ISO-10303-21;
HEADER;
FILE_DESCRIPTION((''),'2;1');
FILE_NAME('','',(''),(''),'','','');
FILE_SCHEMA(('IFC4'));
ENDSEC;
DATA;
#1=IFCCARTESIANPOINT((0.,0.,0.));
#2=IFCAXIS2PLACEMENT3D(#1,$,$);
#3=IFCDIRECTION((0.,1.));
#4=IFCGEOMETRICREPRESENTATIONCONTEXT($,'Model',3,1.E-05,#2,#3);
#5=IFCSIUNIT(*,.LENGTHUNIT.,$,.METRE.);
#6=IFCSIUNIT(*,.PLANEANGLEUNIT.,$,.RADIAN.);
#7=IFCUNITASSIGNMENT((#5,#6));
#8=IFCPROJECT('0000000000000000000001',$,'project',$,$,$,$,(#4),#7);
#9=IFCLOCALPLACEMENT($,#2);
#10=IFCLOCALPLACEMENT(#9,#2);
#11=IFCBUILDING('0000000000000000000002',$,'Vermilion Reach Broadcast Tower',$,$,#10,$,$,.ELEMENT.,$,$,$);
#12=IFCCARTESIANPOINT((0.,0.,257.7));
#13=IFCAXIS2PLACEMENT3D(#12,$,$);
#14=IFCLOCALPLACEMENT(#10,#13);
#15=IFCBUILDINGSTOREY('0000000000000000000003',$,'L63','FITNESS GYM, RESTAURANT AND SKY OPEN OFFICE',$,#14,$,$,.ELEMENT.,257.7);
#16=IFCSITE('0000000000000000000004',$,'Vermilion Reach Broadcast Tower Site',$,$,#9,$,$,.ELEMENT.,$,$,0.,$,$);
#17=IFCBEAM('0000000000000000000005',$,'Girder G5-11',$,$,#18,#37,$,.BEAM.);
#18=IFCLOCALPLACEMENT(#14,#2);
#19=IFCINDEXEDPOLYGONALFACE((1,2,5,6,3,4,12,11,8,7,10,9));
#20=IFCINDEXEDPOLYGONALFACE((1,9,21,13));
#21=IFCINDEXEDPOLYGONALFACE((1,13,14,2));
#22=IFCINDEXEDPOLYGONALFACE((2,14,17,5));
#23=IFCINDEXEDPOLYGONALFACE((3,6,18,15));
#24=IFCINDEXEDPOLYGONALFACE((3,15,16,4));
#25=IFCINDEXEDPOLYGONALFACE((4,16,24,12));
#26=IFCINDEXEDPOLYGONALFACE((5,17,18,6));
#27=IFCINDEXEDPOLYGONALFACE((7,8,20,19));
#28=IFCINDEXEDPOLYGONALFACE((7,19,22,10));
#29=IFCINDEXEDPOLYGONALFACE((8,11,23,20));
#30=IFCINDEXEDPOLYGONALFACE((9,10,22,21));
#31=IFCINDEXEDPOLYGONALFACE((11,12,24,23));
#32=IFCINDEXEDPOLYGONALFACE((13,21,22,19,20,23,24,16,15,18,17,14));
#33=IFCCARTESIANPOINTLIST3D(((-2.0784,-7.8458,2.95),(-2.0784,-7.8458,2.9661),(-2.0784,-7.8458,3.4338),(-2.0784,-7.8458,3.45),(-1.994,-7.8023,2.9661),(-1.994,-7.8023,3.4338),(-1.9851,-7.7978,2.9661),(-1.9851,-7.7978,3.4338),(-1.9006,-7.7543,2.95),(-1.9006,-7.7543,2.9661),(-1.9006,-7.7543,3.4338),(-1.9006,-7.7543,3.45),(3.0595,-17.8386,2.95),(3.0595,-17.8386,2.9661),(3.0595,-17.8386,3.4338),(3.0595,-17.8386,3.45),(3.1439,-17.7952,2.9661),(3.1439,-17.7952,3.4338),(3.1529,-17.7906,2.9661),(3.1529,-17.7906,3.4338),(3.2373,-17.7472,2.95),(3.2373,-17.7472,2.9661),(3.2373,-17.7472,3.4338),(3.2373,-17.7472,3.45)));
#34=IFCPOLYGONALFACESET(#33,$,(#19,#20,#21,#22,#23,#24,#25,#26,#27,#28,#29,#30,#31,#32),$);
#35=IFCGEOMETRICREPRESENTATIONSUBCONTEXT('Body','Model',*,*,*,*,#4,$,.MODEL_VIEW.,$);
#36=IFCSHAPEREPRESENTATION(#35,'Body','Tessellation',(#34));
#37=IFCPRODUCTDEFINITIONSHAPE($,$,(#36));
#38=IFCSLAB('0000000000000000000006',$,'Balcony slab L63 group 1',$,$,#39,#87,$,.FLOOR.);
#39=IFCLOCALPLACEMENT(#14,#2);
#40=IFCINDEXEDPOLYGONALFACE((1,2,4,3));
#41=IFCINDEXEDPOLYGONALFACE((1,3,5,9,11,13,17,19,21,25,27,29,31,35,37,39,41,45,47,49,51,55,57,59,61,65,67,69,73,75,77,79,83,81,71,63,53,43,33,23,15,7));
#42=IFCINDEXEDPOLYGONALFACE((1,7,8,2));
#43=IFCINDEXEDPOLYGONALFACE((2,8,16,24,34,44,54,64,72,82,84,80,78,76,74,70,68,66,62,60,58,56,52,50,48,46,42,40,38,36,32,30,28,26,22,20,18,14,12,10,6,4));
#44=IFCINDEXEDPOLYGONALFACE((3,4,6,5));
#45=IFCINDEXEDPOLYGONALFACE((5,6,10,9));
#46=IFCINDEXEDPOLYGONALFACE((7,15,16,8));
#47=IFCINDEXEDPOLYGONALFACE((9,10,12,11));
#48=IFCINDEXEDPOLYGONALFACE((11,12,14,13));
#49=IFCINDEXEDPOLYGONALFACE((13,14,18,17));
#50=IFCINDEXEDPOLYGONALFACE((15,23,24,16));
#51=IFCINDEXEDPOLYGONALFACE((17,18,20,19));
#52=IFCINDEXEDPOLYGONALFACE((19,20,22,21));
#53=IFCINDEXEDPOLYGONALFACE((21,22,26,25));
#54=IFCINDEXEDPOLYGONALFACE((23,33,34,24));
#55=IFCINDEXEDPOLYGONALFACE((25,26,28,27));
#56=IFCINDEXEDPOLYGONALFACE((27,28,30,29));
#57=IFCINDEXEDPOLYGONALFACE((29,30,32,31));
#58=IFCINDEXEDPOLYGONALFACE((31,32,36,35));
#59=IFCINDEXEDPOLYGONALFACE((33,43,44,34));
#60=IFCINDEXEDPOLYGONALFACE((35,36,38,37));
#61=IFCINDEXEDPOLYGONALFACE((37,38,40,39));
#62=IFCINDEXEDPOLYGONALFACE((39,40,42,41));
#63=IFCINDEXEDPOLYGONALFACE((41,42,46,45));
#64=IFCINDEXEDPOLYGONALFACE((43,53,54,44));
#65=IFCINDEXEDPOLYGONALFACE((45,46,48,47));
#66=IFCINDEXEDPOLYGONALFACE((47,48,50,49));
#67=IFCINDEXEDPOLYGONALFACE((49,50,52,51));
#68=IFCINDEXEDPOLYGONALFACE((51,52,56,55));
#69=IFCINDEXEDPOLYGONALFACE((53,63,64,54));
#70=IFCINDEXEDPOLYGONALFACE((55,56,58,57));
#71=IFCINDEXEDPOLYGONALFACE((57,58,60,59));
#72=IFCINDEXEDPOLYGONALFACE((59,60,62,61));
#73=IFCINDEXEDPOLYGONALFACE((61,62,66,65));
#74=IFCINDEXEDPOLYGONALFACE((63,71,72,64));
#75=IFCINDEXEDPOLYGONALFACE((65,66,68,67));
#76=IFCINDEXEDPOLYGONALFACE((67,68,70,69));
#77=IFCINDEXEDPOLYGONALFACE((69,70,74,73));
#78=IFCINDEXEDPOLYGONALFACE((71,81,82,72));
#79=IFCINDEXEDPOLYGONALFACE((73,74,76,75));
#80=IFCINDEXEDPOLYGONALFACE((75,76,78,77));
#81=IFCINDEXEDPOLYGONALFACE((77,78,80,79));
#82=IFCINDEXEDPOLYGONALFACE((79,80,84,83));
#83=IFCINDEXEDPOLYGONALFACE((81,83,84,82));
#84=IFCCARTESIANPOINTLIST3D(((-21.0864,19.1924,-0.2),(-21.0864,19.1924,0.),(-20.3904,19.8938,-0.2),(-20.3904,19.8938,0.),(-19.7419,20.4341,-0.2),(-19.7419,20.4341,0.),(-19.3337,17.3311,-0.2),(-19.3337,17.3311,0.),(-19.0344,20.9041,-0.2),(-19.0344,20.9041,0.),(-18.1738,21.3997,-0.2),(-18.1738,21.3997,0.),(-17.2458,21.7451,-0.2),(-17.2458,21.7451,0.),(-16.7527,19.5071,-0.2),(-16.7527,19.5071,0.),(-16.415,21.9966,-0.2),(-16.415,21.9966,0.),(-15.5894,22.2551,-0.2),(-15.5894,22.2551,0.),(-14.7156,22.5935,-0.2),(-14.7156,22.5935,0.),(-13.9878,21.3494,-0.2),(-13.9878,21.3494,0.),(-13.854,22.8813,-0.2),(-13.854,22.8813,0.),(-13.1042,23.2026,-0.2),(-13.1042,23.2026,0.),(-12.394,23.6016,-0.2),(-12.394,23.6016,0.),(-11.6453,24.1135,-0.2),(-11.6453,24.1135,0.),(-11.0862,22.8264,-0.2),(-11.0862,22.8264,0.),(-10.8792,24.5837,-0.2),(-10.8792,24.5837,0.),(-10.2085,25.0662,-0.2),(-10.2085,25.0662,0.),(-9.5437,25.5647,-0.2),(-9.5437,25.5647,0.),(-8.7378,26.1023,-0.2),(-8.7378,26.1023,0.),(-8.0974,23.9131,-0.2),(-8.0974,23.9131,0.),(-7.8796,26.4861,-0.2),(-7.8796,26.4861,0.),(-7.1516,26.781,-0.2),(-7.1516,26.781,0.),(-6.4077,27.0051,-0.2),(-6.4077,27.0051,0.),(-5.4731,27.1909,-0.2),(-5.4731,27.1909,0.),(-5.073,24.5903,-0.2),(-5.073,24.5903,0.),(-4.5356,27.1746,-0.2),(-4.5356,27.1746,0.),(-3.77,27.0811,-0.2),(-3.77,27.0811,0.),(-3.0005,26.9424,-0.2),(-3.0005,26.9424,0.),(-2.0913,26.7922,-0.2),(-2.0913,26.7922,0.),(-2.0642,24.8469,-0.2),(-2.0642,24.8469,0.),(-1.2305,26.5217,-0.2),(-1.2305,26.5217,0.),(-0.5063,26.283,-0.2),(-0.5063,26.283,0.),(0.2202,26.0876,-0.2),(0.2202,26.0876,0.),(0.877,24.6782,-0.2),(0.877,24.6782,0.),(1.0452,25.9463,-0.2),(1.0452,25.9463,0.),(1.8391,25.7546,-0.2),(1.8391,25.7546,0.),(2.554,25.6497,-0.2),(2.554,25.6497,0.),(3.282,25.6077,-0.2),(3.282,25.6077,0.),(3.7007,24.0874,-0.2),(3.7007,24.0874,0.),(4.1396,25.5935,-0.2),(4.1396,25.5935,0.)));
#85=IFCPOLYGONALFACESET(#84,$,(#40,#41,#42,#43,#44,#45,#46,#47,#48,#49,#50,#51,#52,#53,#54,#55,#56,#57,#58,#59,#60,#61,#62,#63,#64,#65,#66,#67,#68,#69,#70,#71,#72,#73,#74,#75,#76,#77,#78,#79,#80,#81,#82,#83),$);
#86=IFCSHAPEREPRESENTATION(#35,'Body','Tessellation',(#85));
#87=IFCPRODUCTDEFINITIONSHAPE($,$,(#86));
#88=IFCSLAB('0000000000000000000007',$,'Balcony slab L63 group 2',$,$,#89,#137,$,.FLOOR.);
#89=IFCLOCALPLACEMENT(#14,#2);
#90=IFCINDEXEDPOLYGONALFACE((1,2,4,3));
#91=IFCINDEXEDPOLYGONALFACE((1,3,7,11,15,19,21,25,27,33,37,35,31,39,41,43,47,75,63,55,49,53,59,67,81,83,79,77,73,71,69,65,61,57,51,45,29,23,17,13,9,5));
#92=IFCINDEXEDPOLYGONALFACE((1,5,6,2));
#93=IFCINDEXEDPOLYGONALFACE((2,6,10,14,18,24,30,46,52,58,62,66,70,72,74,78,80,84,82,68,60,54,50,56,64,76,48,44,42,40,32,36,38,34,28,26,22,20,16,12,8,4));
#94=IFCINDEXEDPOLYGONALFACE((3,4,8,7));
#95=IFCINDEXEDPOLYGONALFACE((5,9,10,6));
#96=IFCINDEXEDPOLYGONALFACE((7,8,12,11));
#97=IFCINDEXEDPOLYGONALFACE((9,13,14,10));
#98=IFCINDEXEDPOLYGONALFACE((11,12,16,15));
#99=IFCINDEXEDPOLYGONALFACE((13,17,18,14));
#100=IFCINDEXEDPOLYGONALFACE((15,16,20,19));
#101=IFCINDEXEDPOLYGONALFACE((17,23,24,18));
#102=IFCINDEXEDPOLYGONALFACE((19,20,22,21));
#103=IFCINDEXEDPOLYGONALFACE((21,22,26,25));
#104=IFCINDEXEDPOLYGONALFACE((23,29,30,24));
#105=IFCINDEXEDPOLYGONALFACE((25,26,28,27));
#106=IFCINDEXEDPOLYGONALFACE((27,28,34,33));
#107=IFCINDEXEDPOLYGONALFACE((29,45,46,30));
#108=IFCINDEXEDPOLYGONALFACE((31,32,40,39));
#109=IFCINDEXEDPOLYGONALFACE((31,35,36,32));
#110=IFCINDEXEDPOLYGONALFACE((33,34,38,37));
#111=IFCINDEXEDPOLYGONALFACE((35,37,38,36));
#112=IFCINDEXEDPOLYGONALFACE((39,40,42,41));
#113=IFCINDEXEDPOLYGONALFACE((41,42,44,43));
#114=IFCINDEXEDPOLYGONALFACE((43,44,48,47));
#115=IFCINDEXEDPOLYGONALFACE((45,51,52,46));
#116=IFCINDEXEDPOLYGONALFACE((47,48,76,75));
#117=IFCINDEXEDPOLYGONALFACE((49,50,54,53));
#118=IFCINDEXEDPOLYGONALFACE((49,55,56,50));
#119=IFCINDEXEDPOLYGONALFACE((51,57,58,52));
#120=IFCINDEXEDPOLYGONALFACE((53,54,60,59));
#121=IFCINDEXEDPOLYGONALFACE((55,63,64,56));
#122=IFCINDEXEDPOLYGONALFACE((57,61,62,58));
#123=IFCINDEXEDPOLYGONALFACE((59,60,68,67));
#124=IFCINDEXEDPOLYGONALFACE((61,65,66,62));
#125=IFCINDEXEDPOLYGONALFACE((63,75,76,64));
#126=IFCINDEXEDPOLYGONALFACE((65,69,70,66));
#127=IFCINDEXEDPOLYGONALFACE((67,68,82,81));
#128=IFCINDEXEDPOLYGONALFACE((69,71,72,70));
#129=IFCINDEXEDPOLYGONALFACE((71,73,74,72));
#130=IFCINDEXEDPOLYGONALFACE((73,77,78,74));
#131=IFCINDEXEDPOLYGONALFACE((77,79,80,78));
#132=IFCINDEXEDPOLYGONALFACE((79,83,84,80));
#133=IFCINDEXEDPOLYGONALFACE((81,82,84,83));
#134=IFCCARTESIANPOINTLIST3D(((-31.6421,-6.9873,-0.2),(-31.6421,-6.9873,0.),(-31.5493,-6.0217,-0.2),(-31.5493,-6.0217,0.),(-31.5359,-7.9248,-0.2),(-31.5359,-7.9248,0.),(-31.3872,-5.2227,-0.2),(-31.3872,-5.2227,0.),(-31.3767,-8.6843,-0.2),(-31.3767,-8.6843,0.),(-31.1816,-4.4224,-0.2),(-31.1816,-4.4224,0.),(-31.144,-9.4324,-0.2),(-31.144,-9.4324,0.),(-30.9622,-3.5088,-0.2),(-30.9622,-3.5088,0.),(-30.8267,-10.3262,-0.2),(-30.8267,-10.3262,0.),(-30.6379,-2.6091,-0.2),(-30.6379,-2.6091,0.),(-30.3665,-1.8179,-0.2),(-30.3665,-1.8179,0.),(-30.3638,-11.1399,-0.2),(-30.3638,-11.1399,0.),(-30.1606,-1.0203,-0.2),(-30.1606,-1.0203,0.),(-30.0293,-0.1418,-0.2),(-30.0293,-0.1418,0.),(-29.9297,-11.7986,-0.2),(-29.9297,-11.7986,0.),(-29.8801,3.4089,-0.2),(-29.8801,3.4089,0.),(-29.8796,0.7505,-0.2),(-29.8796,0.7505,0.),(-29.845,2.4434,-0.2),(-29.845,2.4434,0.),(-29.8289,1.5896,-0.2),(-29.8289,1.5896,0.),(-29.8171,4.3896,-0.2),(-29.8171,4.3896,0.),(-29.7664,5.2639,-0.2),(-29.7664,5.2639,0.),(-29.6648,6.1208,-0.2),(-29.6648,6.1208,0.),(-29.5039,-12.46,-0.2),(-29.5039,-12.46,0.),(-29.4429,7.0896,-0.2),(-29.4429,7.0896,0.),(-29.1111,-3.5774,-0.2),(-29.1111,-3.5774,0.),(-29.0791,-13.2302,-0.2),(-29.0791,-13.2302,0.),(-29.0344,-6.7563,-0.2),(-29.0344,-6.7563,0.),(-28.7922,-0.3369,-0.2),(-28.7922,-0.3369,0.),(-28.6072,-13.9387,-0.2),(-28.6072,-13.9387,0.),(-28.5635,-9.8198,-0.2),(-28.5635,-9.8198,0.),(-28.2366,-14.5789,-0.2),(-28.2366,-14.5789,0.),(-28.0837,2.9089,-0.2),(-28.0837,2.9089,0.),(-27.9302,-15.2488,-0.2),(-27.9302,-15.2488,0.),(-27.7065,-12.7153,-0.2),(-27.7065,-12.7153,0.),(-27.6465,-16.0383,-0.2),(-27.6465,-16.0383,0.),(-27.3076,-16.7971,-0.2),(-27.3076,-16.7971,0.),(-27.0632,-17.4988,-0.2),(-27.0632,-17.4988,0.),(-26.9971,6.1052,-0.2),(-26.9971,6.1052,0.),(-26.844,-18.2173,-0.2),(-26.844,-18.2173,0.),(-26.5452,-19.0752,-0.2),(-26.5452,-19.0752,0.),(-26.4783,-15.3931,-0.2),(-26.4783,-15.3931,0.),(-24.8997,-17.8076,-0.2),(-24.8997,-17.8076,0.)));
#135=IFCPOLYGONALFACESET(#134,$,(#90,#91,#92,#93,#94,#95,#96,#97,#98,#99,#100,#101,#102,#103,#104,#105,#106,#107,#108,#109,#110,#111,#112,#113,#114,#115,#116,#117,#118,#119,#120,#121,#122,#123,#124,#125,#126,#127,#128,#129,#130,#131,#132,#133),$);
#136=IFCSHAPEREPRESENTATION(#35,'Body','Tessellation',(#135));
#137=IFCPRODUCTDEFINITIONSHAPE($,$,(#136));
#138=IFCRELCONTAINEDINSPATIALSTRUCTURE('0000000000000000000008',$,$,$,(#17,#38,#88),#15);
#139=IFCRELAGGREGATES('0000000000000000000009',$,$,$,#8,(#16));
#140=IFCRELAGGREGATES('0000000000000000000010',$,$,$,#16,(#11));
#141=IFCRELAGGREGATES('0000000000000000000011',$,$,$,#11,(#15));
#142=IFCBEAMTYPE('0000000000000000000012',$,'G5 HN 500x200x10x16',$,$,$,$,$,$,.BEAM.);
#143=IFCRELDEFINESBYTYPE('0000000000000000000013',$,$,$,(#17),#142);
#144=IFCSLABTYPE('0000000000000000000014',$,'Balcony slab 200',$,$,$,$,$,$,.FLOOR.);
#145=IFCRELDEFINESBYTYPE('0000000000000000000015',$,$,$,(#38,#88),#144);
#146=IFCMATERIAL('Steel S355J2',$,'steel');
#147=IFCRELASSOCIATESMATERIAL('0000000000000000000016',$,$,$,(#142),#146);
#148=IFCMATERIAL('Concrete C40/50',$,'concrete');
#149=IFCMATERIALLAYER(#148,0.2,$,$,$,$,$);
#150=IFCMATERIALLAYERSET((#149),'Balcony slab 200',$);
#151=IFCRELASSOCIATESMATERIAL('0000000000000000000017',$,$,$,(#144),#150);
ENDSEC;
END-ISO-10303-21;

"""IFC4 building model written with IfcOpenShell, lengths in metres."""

from ifc_helpers import new_model, si_unit, direction, frame, origin, origin_2d, place, context, subcontext, project, spatial, polyline, i_section, outline, extrude, material, layer, layer_set, material_profile, profile_set, type_object, element, save


model = new_model("IFC4")

# Units and contexts
model_context = context("Model", 3, precision=1e-05, world=origin(), true_north=direction((0.0, 1.0)))
body_context = subcontext(model_context, "Body", "Model", "MODEL_VIEW")
ifc_project = project(units=[si_unit("LENGTHUNIT", "METRE"), si_unit("PLANEANGLEUNIT", "RADIAN")], contexts=[model_context])

# Site, building, storey
site_placement = place(None, origin())
site = spatial("IfcSite", under=ifc_project, at=site_placement, Name="Vermilion Reach Broadcast Tower Site", CompositionType="ELEMENT", RefElevation=0.0)
building_placement = place(site_placement, origin())
building = spatial("IfcBuilding", under=site, at=building_placement, Name="Vermilion Reach Broadcast Tower", CompositionType="ELEMENT")
storey_placement = place(building_placement, frame((0.0, 0.0, 257.7)))
storey = spatial("IfcBuildingStorey", under=building, at=storey_placement, Name="L63", Description="FITNESS GYM, RESTAURANT AND SKY OPEN OFFICE", CompositionType="ELEMENT", Elevation=257.7)

# Beam
ifc_material_1 = material(Name="Steel S355J2", Category="steel")
ifc_material_profile = material_profile(ifc_material_1, i_section(OverallWidth=0.2, OverallDepth=0.5, WebThickness=0.01, FlangeThickness=0.0161, at=origin_2d()), Name="S355J2 HN 500x200x10x16")
ifc_profile_set = profile_set([ifc_material_profile], Name="Steel S355J2")
beam_type = type_object("IfcBeamType", Name="G5 HN 500x200x10x16", PredefinedType="BEAM", material=ifc_profile_set)
beam_placement = place(storey_placement, frame((-1.9895, -7.8, 3.2), z_axis=(0.457258, -0.889334, 0.0), x_axis=(0.889334, 0.457258, 0.0)))
element("IfcBeam", 1, at=beam_placement, inside=storey, type_object=beam_type, Name="Girder G5-11", PredefinedType="BEAM", context=body_context, shape_type="SweptSolid", body=[
    extrude(i_section(OverallWidth=0.2, OverallDepth=0.5, WebThickness=0.01, FlangeThickness=0.0161, at=origin_2d()), origin(), (0.0, 0.0, 1.0), 11.2363),
])

# Slabs
ifc_material_2 = material(Name="Concrete C40/50", Category="concrete")
ifc_layer_1 = layer(ifc_material_2, 0.2)
ifc_layer_set_1 = layer_set([ifc_layer_1], Name="Balcony slab 200")
slab_type_1 = type_object("IfcSlabType", Name="Balcony slab 200", PredefinedType="FLOOR", material=ifc_layer_set_1)
placement_1 = place(storey_placement, frame((0.0, 0.0, -0.2)))
element("IfcSlab", 2, at=placement_1, inside=storey, type_object=slab_type_1, Name="Balcony slab L63 group 1", PredefinedType="FLOOR", context=body_context, shape_type="SweptSolid", body=[
    extrude(outline(polyline([(3.7007, 24.0874), (0.877, 24.6782), (-2.0642, 24.8469), (-5.073, 24.5903), (-8.0974, 23.9131), (-11.0862, 22.8264), (-13.9878, 21.3494), (-16.7527, 19.5071), (-19.3337, 17.3311), (-21.0864, 19.1924), (-20.3904, 19.8938), (-19.7419, 20.4341), (-19.0344, 20.9041), (-18.1738, 21.3997), (-17.2458, 21.7451), (-16.415, 21.9966), (-15.5894, 22.2551), (-14.7156, 22.5935), (-13.854, 22.8813), (-13.1042, 23.2026), (-12.394, 23.6016), (-11.6453, 24.1135), (-10.8792, 24.5837), (-10.2085, 25.0662), (-9.5437, 25.5647), (-8.7378, 26.1023), (-7.8796, 26.4861), (-7.1516, 26.781), (-6.4077, 27.0051), (-5.4731, 27.1909), (-4.5356, 27.1746), (-3.77, 27.0811), (-3.0005, 26.9424), (-2.0913, 26.7922), (-1.2305, 26.5217), (-0.5063, 26.283), (0.2202, 26.0876), (1.0452, 25.9463), (1.8391, 25.7546), (2.554, 25.6497), (3.282, 25.6077), (4.1396, 25.5935), (3.7007, 24.0874)])), origin(), (0.0, 0.0, 1.0), 0.2),
])
element("IfcSlab", 3, at=placement_1, inside=storey, type_object=slab_type_1, Name="Balcony slab L63 group 2", PredefinedType="FLOOR", context=body_context, shape_type="SweptSolid", body=[
    extrude(outline(polyline([(-26.9971, 6.1052), (-28.0837, 2.9089), (-28.7922, -0.3369), (-29.1111, -3.5774), (-29.0344, -6.7563), (-28.5635, -9.8198), (-27.7065, -12.7153), (-26.4783, -15.3931), (-24.8997, -17.8076), (-26.5452, -19.0752), (-26.844, -18.2173), (-27.0632, -17.4988), (-27.3076, -16.7971), (-27.6465, -16.0383), (-27.9302, -15.2488), (-28.2366, -14.5789), (-28.6072, -13.9387), (-29.0791, -13.2302), (-29.5039, -12.46), (-29.9297, -11.7986), (-30.3638, -11.1399), (-30.8267, -10.3262), (-31.144, -9.4324), (-31.3767, -8.6843), (-31.5359, -7.9248), (-31.6421, -6.9873), (-31.5493, -6.0217), (-31.3872, -5.2227), (-31.1816, -4.4224), (-30.9622, -3.5088), (-30.6379, -2.6091), (-30.3665, -1.8179), (-30.1606, -1.0203), (-30.0293, -0.1418), (-29.8796, 0.7505), (-29.8289, 1.5896), (-29.845, 2.4434), (-29.8801, 3.4089), (-29.8171, 4.3896), (-29.7664, 5.2639), (-29.6648, 6.1208), (-29.4429, 7.0896), (-26.9971, 6.1052)])), origin(), (0.0, 0.0, 1.0), 0.2),
])

save(model, "model.ifc")
